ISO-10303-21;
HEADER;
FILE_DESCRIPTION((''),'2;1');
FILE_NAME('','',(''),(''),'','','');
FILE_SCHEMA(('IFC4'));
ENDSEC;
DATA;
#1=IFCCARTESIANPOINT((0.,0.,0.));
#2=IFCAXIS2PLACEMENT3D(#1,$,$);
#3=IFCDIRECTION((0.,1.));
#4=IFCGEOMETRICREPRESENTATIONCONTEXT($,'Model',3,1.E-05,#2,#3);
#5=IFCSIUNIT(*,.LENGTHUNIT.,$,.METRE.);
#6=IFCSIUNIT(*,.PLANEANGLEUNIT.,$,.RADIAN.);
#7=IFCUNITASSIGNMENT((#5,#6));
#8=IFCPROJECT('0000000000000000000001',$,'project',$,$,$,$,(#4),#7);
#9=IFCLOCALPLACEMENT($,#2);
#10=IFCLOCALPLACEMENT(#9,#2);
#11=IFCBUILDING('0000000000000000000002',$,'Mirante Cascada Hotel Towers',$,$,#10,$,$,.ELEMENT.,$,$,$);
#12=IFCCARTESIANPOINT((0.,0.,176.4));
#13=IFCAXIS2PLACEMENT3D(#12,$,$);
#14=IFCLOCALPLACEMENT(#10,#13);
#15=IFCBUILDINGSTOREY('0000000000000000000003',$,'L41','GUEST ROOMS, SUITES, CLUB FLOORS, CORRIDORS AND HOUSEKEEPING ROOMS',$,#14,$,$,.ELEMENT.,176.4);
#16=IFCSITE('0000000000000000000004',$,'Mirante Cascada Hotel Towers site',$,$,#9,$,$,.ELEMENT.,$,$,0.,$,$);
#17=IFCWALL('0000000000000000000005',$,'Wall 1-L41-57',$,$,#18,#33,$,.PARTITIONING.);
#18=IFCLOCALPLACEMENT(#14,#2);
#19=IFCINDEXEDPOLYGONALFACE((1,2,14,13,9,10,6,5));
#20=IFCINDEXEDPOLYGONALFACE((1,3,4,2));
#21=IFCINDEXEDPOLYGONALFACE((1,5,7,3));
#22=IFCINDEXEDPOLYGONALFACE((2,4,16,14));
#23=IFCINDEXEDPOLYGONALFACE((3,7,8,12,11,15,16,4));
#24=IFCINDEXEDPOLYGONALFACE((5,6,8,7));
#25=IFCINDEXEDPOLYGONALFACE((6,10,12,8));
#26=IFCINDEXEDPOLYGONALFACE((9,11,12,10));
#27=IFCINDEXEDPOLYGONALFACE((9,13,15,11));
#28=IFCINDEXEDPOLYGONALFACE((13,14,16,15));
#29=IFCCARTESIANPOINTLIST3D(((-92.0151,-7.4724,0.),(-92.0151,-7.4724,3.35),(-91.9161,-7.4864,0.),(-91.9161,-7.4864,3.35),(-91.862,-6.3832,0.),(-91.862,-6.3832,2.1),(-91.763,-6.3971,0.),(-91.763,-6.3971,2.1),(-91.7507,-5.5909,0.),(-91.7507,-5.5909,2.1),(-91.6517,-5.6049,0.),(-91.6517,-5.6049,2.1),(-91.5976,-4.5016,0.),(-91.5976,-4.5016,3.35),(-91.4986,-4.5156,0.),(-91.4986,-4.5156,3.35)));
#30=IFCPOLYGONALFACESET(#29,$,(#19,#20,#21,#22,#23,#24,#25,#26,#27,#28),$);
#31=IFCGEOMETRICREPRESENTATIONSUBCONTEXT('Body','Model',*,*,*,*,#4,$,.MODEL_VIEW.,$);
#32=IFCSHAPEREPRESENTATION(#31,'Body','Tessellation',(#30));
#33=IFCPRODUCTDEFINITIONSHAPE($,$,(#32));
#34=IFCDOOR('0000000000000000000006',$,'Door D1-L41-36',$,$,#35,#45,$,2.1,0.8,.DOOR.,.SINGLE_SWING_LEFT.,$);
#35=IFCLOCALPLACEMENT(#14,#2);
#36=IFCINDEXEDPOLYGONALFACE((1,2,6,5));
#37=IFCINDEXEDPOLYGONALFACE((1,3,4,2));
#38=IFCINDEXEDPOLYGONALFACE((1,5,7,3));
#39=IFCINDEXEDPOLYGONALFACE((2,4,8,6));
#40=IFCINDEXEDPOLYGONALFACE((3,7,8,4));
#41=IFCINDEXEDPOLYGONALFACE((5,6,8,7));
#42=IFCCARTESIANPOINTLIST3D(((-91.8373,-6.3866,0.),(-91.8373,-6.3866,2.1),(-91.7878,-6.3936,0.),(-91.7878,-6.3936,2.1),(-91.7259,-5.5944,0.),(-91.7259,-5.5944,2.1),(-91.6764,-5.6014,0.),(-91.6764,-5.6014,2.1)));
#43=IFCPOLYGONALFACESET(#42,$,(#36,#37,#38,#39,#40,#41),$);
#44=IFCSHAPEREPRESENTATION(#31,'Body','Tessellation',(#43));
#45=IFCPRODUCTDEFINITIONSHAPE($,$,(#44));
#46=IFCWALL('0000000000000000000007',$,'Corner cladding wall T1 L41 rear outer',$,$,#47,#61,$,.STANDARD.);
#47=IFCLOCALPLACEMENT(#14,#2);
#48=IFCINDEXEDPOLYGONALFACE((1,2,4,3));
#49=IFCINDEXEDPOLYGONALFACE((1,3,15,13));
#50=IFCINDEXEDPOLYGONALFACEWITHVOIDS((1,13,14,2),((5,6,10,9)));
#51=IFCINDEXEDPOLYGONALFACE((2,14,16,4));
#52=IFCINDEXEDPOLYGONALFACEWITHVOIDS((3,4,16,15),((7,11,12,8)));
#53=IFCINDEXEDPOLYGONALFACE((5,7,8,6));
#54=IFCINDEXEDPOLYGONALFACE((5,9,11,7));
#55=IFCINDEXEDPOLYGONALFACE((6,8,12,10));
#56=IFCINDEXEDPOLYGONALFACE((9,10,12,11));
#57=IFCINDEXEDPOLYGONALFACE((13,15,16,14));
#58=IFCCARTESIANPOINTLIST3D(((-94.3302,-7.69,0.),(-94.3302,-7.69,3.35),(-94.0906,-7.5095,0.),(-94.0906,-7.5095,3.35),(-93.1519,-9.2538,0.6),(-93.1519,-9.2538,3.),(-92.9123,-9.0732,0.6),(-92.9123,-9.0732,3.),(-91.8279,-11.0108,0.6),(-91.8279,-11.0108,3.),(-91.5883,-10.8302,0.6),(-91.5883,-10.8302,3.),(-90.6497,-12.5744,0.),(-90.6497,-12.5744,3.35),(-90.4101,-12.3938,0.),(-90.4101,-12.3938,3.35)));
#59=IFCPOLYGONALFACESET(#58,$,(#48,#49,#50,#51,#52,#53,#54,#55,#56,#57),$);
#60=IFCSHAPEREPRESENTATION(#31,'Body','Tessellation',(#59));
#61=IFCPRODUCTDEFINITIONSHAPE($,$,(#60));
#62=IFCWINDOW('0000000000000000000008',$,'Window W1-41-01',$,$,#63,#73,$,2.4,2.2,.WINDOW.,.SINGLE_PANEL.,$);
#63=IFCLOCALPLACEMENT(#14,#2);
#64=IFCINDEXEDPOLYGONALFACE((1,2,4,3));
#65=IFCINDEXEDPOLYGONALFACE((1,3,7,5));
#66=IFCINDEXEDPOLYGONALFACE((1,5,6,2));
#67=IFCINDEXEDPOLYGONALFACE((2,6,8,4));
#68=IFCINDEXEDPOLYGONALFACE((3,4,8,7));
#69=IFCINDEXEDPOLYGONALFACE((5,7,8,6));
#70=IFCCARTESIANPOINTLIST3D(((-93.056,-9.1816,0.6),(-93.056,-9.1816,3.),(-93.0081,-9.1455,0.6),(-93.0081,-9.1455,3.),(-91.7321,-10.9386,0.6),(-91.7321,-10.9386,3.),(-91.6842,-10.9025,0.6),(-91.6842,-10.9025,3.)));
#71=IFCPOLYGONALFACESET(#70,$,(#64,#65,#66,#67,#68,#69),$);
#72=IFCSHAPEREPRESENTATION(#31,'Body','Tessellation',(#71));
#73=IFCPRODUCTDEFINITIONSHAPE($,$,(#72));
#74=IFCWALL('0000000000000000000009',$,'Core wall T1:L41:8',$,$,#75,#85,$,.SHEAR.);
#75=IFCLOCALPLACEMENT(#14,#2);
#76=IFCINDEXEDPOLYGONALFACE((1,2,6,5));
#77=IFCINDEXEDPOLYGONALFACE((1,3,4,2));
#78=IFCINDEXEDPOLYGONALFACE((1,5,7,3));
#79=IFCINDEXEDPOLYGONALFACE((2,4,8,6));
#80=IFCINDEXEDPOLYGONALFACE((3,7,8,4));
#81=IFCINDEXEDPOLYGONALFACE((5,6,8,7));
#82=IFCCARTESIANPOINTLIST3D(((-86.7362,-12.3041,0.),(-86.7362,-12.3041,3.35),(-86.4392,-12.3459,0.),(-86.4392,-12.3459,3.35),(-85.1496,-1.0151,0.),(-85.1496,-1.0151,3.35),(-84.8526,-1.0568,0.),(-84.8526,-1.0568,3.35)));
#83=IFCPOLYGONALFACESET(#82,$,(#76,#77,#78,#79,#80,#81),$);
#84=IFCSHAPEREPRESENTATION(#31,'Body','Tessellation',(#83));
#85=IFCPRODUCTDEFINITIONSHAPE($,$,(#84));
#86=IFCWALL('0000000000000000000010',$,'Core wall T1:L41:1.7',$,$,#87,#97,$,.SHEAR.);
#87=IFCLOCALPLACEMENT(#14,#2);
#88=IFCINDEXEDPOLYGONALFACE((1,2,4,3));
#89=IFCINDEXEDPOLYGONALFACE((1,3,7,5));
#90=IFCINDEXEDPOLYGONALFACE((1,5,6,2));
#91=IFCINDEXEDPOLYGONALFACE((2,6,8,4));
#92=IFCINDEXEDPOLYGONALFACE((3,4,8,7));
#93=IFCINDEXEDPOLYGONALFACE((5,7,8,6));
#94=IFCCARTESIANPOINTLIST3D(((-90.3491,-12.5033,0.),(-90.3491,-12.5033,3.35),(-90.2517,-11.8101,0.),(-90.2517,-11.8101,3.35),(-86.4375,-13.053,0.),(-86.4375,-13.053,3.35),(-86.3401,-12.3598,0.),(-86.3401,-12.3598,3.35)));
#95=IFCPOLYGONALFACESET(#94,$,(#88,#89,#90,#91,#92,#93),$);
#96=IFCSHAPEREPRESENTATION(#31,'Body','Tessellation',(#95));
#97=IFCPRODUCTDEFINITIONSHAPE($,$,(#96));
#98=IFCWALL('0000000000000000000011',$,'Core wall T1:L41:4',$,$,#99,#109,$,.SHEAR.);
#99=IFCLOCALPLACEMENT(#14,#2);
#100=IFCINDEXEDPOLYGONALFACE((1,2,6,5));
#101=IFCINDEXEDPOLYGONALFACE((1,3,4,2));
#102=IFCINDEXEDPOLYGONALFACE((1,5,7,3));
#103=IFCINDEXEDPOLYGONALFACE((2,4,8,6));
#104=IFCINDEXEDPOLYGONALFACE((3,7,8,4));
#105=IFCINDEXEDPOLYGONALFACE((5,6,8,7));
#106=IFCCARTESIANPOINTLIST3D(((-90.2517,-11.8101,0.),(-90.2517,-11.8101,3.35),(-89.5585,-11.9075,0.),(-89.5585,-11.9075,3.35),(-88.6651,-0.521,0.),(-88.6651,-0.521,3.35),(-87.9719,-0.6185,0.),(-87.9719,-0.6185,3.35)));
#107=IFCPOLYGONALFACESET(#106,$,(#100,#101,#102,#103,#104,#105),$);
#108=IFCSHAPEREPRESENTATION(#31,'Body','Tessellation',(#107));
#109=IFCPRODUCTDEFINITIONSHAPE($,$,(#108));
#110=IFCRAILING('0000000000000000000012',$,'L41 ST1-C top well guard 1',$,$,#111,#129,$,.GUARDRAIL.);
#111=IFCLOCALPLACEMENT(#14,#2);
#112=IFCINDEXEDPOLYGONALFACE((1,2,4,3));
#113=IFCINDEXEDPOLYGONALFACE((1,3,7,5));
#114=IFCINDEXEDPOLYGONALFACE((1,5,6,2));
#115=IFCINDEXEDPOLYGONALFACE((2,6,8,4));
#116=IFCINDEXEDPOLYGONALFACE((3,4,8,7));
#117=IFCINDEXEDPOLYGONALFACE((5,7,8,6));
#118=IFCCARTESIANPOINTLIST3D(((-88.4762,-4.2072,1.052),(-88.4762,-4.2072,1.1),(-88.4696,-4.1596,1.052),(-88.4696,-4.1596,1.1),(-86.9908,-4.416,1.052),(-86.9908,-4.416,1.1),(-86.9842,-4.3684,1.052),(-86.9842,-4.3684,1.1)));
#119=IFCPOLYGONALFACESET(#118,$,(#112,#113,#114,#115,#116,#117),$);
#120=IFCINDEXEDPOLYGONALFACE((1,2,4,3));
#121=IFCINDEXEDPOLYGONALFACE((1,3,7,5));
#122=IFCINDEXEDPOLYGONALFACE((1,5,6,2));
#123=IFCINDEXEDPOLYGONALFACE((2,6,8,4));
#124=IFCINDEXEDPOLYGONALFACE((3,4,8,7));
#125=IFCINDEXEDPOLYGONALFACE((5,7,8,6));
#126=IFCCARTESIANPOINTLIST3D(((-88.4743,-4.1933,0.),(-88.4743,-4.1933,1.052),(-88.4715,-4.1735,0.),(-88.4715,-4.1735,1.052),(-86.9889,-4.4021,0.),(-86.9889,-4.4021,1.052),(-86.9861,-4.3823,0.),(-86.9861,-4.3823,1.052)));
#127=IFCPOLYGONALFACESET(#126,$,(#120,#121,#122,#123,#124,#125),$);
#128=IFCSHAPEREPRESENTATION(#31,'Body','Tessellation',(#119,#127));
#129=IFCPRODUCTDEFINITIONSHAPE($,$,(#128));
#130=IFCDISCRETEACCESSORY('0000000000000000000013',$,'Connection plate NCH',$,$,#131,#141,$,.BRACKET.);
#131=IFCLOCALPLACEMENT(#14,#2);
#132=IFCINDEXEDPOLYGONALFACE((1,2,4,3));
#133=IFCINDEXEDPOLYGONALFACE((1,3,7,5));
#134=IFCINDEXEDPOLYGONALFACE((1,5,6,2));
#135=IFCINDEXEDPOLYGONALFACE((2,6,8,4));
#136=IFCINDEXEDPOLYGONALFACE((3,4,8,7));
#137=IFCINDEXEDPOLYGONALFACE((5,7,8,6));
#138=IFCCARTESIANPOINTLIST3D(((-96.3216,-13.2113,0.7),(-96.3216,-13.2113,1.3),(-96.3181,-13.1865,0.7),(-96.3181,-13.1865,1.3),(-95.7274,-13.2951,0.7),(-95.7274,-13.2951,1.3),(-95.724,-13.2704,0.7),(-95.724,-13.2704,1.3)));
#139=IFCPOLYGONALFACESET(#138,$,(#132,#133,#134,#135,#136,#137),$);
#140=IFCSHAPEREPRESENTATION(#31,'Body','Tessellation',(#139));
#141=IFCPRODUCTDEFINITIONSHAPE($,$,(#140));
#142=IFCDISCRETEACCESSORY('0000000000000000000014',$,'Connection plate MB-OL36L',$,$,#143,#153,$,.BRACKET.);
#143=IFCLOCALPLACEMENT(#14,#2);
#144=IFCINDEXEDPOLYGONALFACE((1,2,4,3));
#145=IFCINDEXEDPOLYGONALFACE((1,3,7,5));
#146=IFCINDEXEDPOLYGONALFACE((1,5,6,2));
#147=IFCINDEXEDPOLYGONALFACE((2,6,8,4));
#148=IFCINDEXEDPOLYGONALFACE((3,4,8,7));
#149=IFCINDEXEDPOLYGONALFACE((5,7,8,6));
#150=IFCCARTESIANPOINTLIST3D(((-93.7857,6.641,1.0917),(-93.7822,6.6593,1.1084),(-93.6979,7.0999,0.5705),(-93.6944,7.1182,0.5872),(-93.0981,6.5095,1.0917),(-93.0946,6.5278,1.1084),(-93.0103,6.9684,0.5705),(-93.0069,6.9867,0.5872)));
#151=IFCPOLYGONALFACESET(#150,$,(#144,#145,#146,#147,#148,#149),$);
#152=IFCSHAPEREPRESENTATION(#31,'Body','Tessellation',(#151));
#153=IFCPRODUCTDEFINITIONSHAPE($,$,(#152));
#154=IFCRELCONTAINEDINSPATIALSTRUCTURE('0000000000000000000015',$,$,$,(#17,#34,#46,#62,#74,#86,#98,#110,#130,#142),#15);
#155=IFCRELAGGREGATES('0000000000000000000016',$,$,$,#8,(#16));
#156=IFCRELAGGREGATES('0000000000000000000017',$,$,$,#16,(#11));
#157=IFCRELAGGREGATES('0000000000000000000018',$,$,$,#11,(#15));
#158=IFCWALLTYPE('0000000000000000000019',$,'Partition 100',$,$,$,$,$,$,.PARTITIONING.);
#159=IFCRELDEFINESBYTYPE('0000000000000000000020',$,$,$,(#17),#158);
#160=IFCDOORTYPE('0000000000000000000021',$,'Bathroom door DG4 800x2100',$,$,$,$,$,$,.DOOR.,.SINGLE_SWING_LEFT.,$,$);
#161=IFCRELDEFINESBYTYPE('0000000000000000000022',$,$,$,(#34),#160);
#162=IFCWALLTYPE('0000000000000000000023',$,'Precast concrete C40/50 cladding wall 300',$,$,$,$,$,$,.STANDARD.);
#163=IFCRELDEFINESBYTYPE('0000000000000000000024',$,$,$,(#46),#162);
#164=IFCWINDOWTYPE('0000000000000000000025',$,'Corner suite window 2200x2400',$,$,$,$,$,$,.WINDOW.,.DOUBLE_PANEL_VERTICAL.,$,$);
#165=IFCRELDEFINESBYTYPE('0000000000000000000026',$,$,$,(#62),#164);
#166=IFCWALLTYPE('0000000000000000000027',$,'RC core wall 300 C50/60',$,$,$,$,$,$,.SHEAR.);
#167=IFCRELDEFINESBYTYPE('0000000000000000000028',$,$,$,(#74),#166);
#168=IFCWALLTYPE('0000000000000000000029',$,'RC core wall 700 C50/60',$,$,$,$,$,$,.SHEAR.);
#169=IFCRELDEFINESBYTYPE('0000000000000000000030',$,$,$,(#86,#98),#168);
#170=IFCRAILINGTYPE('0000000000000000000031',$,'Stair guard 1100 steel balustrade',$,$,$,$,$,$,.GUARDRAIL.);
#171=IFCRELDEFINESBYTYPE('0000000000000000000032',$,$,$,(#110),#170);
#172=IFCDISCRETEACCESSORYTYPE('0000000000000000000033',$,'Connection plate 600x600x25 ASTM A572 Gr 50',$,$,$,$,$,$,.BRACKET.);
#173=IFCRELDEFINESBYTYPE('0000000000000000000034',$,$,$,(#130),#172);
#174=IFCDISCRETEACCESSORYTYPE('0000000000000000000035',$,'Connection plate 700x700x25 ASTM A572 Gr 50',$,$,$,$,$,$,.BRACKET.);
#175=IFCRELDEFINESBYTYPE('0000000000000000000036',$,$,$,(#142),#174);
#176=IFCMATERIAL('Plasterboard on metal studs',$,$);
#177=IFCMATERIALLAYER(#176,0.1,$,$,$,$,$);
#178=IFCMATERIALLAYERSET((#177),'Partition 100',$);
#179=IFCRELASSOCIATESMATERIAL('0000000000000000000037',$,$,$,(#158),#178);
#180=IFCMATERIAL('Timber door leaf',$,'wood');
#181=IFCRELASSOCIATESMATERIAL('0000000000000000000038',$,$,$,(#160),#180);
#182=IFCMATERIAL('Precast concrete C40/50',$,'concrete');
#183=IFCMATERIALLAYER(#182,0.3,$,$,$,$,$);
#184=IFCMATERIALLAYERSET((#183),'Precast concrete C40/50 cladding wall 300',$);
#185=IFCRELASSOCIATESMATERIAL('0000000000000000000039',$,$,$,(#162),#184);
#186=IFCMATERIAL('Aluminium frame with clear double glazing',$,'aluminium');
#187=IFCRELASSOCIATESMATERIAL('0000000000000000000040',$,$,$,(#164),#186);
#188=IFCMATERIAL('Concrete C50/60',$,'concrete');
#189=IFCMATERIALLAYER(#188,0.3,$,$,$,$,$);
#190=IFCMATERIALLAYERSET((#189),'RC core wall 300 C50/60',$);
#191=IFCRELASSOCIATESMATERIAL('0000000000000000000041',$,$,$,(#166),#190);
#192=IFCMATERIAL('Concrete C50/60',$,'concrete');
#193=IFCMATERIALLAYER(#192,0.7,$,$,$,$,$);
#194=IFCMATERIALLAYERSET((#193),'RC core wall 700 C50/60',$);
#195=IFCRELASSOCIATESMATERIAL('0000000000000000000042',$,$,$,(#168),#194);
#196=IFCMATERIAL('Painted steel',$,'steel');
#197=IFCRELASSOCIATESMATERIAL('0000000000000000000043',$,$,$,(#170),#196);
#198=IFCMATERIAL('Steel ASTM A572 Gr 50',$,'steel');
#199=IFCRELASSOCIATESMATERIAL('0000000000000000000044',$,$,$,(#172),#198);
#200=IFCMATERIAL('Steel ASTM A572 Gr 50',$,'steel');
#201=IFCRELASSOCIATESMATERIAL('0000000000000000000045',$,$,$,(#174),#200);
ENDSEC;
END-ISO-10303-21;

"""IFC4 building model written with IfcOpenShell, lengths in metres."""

from ifc_helpers import new_model, si_unit, direction, frame, frame_2d, origin, origin_2d, place, context, subcontext, project, spatial, rectangle, extrude, material, layer, layer_set, material_profile, profile_set, type_object, element, fill, save


model = new_model("IFC4")

# Units and contexts
model_context = context("Model", 3, precision=1e-05, world=origin(), true_north=direction((0.0, 1.0)))
body_context = subcontext(model_context, "Body", "Model", "MODEL_VIEW")
ifc_project = project(units=[si_unit("LENGTHUNIT", "METRE"), si_unit("PLANEANGLEUNIT", "RADIAN")], contexts=[model_context])

# Site, building, storey
site_placement = place(None, origin())
site = spatial("IfcSite", under=ifc_project, at=site_placement, Name="Mirante Cascada Hotel Towers site", CompositionType="ELEMENT", RefElevation=0.0)
building_placement = place(site_placement, origin())
building = spatial("IfcBuilding", under=site, at=building_placement, Name="Mirante Cascada Hotel Towers", CompositionType="ELEMENT")
storey_placement = place(building_placement, frame((0.0, 0.0, 176.4)))
storey = spatial("IfcBuildingStorey", under=building, at=storey_placement, Name="L41", Description="GUEST ROOMS, SUITES, CLUB FLOORS, CORRIDORS AND HOUSEKEEPING ROOMS", CompositionType="ELEMENT", Elevation=176.4)

# Shared definitions
ifc_material_1 = material(Name="Plasterboard on metal studs")
ifc_layer_1 = layer(ifc_material_1, 0.1)
ifc_layer_set_1 = layer_set([ifc_layer_1], Name="Partition 100")
wall_type_1 = type_object("IfcWallType", Name="Partition 100", PredefinedType="PARTITIONING", material=ifc_layer_set_1)

# Wall, opening, door
ifc_material_2 = material(Name="Timber door leaf", Category="wood")
door_type_1 = type_object("IfcDoorType", Name="Bathroom door DG4 800x2100", OperationType="SINGLE_SWING_LEFT", PredefinedType="DOOR", material=ifc_material_2)
wall_1_placement = place(storey_placement, frame((-91.5481, -4.5086, 0.0), z_axis=(0.0, 0.0, 1.0), x_axis=(-0.139167, -0.990269, 0.0)))
wall_1 = element("IfcWall", 1, at=wall_1_placement, inside=storey, type_object=wall_type_1, Name="Wall 1-L41-57", PredefinedType="PARTITIONING", context=body_context, shape_type="SweptSolid", body=[
    extrude(rectangle(XDim=3.0, YDim=0.1, at=frame_2d((1.5, 0.0))), origin(), (0.0, 0.0, 1.0), 3.35),
])
opening_1_placement = place(wall_1_placement, frame((1.1, 0.0, 0.0)))
opening_1 = element("IfcOpeningElement", 2, at=opening_1_placement, cuts=wall_1, PredefinedType="OPENING", context=body_context, shape_type="SweptSolid", body=[
    extrude(rectangle(XDim=0.8, YDim=2.1, at=frame_2d((0.4, 1.05))), frame((0.0, 0.05, 0.0), z_axis=(0.0, -1.0, 0.0), x_axis=(1.0, 0.0, 0.0)), (0.0, 0.0, 1.0), 0.1),
])
door_1_placement = place(opening_1_placement, origin())
door_1 = element("IfcDoor", 3, at=door_1_placement, inside=storey, type_object=door_type_1, Name="Door D1-L41-36", OperationType="SINGLE_SWING_LEFT", OverallHeight=2.1, OverallWidth=0.8, PredefinedType="DOOR", context=body_context, shape_type="SweptSolid", body=[
    extrude(rectangle(XDim=0.8, YDim=2.1, at=frame_2d((0.4, 1.05))), frame((0.0, 0.025, 0.0), z_axis=(0.0, -1.0, 0.0), x_axis=(1.0, 0.0, 0.0)), (0.0, 0.0, 1.0), 0.05),
])
fill(opening_1, door_1)

# Wall, opening, window
ifc_material_3 = material(Name="Precast concrete C40/50", Category="concrete")
ifc_layer_2 = layer(ifc_material_3, 0.3)
ifc_layer_set_2 = layer_set([ifc_layer_2], Name="Precast concrete C40/50 cladding wall 300")
wall_type_2 = type_object("IfcWallType", Name="Precast concrete C40/50 cladding wall 300", PredefinedType="STANDARD", material=ifc_layer_set_2)
wall_2_placement = place(storey_placement, frame((-90.5299, -12.4841, 0.0), z_axis=(0.0, 0.0, 1.0), x_axis=(-0.601806, 0.798642, 0.0)))
wall_2 = element("IfcWall", 4, at=wall_2_placement, inside=storey, type_object=wall_type_2, Name="Corner cladding wall T1 L41 rear outer", PredefinedType="STANDARD", context=body_context, shape_type="SweptSolid", body=[
    extrude(rectangle(XDim=6.1158, YDim=0.3, at=frame_2d((3.0579, 0.0))), origin(), (0.0, 0.0, 1.0), 3.35),
])
opening_2_placement = place(wall_2_placement, frame((1.9578, 0.0, 0.6)))
opening_2 = element("IfcOpeningElement", 5, at=opening_2_placement, cuts=wall_2, PredefinedType="OPENING", context=body_context, shape_type="SweptSolid", body=[
    extrude(rectangle(XDim=2.2, YDim=2.4, at=frame_2d((1.1, 1.2))), frame((0.0, 0.15, 0.0), z_axis=(0.0, -1.0, 0.0), x_axis=(1.0, 0.0, 0.0)), (0.0, 0.0, 1.0), 0.3),
])
ifc_material_4 = material(Name="Aluminium frame with clear double glazing", Category="aluminium")
window_type = type_object("IfcWindowType", Name="Corner suite window 2200x2400", PartitioningType="DOUBLE_PANEL_VERTICAL", PredefinedType="WINDOW", material=ifc_material_4)
window_placement = place(opening_2_placement, origin())
window = element("IfcWindow", 6, at=window_placement, inside=storey, type_object=window_type, Name="Window W1-41-01", OverallHeight=2.4, OverallWidth=2.2, PartitioningType="SINGLE_PANEL", PredefinedType="WINDOW", context=body_context, shape_type="SweptSolid", body=[
    extrude(rectangle(XDim=2.2, YDim=2.4, at=frame_2d((1.1, 1.2))), frame((0.0, 0.03, 0.0), z_axis=(0.0, -1.0, 0.0), x_axis=(1.0, 0.0, 0.0)), (0.0, 0.0, 1.0), 0.06),
])
fill(opening_2, window)

# Walls
ifc_material_5 = material(Name="Concrete C50/60", Category="concrete")
ifc_layer_3 = layer(ifc_material_5, 0.3)
ifc_layer_set_3 = layer_set([ifc_layer_3], Name="RC core wall 300 C50/60")
wall_type_3 = type_object("IfcWallType", Name="RC core wall 300 C50/60", PredefinedType="SHEAR", material=ifc_layer_set_3)
wall_3_placement = place(storey_placement, frame((-86.5877, -12.325, 0.0), z_axis=(0.0, 0.0, 1.0), x_axis=(0.139175, 0.990268, 0.0)))
element("IfcWall", 7, at=wall_3_placement, inside=storey, type_object=wall_type_3, Name="Core wall T1:L41:8", PredefinedType="SHEAR", context=body_context, shape_type="SweptSolid", body=[
    extrude(rectangle(XDim=11.4, YDim=0.3, at=frame_2d((5.7, 0.0))), origin(), (0.0, 0.0, 1.0), 3.35),
])
ifc_material_6 = material(Name="Concrete C50/60", Category="concrete")
ifc_layer_4 = layer(ifc_material_6, 0.7)
ifc_layer_set_4 = layer_set([ifc_layer_4], Name="RC core wall 700 C50/60")
wall_type_4 = type_object("IfcWallType", Name="RC core wall 700 C50/60", PredefinedType="SHEAR", material=ifc_layer_set_4)
wall_4_placement = place(storey_placement, frame((-86.3888, -12.7064, 0.0), z_axis=(0.0, 0.0, 1.0), x_axis=(-0.990269, 0.139163, 0.0)))
element("IfcWall", 8, at=wall_4_placement, inside=storey, type_object=wall_type_4, Name="Core wall T1:L41:1.7", PredefinedType="SHEAR", context=body_context, shape_type="SweptSolid", body=[
    extrude(rectangle(XDim=3.95, YDim=0.7, at=frame_2d((1.975, 0.0))), origin(), (0.0, 0.0, 1.0), 3.35),
])
wall_5_placement = place(storey_placement, frame((-89.9051, -11.8588, 0.0), z_axis=(0.0, 0.0, 1.0), x_axis=(0.139175, 0.990268, 0.0)))
element("IfcWall", 9, at=wall_5_placement, inside=storey, type_object=wall_type_4, Name="Core wall T1:L41:4", PredefinedType="SHEAR", context=body_context, shape_type="SweptSolid", body=[
    extrude(rectangle(XDim=11.4, YDim=0.7, at=frame_2d((5.7, 0.0))), origin(), (0.0, 0.0, 1.0), 3.35),
])

# Railing
ifc_material_7 = material(Name="Painted steel", Category="steel")
railing_type = type_object("IfcRailingType", Name="Stair guard 1100 steel balustrade", PredefinedType="GUARDRAIL", material=ifc_material_7)
railing_placement = place(storey_placement, frame((-88.4729, -4.1834, 0.0)))
element("IfcRailing", 10, at=railing_placement, inside=storey, type_object=railing_type, Name="L41 ST1-C top well guard 1", PredefinedType="GUARDRAIL", context=body_context, shape_type="SweptSolid", body=[
    extrude(rectangle(XDim=0.048, YDim=0.048, at=origin_2d()), frame((0.0, 0.0, 1.076), z_axis=(0.990264, -0.1392, 0.0), x_axis=(0.1392, 0.990264, 0.0)), (0.0, 0.0, 1.0), 1.5),
    extrude(rectangle(XDim=0.02, YDim=1.052, at=origin_2d()), frame((0.0, 0.0, 0.526), z_axis=(0.990264, -0.1392, 0.0), x_axis=(0.1392, 0.990264, 0.0)), (0.0, 0.0, 1.0), 1.5),
])

# Discrete accessories
ifc_material_8 = material(Name="Steel ASTM A572 Gr 50", Category="steel")
ifc_material_profile_1 = material_profile(ifc_material_8, rectangle(XDim=0.6, YDim=0.6, at=origin_2d()), Name="Connection plate 600x600x25 ASTM A572 Gr 50")
ifc_profile_set_1 = profile_set([ifc_material_profile_1], Name="Steel ASTM A572 Gr 50")
discrete_accessory_type_1 = type_object("IfcDiscreteAccessoryType", Name="Connection plate 600x600x25 ASTM A572 Gr 50", PredefinedType="BRACKET", material=ifc_profile_set_1)
discrete_accessory_1_placement = place(storey_placement, frame((-96.0245, -13.2532, 1.0), z_axis=(0.139744, 0.990188, 0.0), x_axis=(-0.990188, 0.139744, 0.0)))
element("IfcDiscreteAccessory", 11, at=discrete_accessory_1_placement, inside=storey, type_object=discrete_accessory_type_1, Name="Connection plate NCH", PredefinedType="BRACKET", context=body_context, shape_type="SweptSolid", body=[
    extrude(rectangle(XDim=0.6, YDim=0.6, at=origin_2d()), origin(), (0.0, 0.0, 1.0), 0.025),
])
ifc_material_9 = material(Name="Steel ASTM A572 Gr 50", Category="steel")
ifc_material_profile_2 = material_profile(ifc_material_9, rectangle(XDim=0.7, YDim=0.7, at=origin_2d()), Name="Connection plate 700x700x25 ASTM A572 Gr 50")
ifc_profile_set_2 = profile_set([ifc_material_profile_2], Name="Steel ASTM A572 Gr 50")
discrete_accessory_type_2 = type_object("IfcDiscreteAccessoryType", Name="Connection plate 700x700x25 ASTM A572 Gr 50", PredefinedType="BRACKET", material=ifc_profile_set_2)
discrete_accessory_2_placement = place(storey_placement, frame((-93.398, 6.8047, 0.8311), z_axis=(0.139885, 0.731398, 0.66745), x_axis=(-0.982197, 0.187852, 0.0)))
element("IfcDiscreteAccessory", 12, at=discrete_accessory_2_placement, inside=storey, type_object=discrete_accessory_type_2, Name="Connection plate MB-OL36L", PredefinedType="BRACKET", context=body_context, shape_type="SweptSolid", body=[
    extrude(rectangle(XDim=0.7, YDim=0.7, at=origin_2d()), origin(), (0.0, 0.0, 1.0), 0.025),
])

save(model, "model.ifc")
